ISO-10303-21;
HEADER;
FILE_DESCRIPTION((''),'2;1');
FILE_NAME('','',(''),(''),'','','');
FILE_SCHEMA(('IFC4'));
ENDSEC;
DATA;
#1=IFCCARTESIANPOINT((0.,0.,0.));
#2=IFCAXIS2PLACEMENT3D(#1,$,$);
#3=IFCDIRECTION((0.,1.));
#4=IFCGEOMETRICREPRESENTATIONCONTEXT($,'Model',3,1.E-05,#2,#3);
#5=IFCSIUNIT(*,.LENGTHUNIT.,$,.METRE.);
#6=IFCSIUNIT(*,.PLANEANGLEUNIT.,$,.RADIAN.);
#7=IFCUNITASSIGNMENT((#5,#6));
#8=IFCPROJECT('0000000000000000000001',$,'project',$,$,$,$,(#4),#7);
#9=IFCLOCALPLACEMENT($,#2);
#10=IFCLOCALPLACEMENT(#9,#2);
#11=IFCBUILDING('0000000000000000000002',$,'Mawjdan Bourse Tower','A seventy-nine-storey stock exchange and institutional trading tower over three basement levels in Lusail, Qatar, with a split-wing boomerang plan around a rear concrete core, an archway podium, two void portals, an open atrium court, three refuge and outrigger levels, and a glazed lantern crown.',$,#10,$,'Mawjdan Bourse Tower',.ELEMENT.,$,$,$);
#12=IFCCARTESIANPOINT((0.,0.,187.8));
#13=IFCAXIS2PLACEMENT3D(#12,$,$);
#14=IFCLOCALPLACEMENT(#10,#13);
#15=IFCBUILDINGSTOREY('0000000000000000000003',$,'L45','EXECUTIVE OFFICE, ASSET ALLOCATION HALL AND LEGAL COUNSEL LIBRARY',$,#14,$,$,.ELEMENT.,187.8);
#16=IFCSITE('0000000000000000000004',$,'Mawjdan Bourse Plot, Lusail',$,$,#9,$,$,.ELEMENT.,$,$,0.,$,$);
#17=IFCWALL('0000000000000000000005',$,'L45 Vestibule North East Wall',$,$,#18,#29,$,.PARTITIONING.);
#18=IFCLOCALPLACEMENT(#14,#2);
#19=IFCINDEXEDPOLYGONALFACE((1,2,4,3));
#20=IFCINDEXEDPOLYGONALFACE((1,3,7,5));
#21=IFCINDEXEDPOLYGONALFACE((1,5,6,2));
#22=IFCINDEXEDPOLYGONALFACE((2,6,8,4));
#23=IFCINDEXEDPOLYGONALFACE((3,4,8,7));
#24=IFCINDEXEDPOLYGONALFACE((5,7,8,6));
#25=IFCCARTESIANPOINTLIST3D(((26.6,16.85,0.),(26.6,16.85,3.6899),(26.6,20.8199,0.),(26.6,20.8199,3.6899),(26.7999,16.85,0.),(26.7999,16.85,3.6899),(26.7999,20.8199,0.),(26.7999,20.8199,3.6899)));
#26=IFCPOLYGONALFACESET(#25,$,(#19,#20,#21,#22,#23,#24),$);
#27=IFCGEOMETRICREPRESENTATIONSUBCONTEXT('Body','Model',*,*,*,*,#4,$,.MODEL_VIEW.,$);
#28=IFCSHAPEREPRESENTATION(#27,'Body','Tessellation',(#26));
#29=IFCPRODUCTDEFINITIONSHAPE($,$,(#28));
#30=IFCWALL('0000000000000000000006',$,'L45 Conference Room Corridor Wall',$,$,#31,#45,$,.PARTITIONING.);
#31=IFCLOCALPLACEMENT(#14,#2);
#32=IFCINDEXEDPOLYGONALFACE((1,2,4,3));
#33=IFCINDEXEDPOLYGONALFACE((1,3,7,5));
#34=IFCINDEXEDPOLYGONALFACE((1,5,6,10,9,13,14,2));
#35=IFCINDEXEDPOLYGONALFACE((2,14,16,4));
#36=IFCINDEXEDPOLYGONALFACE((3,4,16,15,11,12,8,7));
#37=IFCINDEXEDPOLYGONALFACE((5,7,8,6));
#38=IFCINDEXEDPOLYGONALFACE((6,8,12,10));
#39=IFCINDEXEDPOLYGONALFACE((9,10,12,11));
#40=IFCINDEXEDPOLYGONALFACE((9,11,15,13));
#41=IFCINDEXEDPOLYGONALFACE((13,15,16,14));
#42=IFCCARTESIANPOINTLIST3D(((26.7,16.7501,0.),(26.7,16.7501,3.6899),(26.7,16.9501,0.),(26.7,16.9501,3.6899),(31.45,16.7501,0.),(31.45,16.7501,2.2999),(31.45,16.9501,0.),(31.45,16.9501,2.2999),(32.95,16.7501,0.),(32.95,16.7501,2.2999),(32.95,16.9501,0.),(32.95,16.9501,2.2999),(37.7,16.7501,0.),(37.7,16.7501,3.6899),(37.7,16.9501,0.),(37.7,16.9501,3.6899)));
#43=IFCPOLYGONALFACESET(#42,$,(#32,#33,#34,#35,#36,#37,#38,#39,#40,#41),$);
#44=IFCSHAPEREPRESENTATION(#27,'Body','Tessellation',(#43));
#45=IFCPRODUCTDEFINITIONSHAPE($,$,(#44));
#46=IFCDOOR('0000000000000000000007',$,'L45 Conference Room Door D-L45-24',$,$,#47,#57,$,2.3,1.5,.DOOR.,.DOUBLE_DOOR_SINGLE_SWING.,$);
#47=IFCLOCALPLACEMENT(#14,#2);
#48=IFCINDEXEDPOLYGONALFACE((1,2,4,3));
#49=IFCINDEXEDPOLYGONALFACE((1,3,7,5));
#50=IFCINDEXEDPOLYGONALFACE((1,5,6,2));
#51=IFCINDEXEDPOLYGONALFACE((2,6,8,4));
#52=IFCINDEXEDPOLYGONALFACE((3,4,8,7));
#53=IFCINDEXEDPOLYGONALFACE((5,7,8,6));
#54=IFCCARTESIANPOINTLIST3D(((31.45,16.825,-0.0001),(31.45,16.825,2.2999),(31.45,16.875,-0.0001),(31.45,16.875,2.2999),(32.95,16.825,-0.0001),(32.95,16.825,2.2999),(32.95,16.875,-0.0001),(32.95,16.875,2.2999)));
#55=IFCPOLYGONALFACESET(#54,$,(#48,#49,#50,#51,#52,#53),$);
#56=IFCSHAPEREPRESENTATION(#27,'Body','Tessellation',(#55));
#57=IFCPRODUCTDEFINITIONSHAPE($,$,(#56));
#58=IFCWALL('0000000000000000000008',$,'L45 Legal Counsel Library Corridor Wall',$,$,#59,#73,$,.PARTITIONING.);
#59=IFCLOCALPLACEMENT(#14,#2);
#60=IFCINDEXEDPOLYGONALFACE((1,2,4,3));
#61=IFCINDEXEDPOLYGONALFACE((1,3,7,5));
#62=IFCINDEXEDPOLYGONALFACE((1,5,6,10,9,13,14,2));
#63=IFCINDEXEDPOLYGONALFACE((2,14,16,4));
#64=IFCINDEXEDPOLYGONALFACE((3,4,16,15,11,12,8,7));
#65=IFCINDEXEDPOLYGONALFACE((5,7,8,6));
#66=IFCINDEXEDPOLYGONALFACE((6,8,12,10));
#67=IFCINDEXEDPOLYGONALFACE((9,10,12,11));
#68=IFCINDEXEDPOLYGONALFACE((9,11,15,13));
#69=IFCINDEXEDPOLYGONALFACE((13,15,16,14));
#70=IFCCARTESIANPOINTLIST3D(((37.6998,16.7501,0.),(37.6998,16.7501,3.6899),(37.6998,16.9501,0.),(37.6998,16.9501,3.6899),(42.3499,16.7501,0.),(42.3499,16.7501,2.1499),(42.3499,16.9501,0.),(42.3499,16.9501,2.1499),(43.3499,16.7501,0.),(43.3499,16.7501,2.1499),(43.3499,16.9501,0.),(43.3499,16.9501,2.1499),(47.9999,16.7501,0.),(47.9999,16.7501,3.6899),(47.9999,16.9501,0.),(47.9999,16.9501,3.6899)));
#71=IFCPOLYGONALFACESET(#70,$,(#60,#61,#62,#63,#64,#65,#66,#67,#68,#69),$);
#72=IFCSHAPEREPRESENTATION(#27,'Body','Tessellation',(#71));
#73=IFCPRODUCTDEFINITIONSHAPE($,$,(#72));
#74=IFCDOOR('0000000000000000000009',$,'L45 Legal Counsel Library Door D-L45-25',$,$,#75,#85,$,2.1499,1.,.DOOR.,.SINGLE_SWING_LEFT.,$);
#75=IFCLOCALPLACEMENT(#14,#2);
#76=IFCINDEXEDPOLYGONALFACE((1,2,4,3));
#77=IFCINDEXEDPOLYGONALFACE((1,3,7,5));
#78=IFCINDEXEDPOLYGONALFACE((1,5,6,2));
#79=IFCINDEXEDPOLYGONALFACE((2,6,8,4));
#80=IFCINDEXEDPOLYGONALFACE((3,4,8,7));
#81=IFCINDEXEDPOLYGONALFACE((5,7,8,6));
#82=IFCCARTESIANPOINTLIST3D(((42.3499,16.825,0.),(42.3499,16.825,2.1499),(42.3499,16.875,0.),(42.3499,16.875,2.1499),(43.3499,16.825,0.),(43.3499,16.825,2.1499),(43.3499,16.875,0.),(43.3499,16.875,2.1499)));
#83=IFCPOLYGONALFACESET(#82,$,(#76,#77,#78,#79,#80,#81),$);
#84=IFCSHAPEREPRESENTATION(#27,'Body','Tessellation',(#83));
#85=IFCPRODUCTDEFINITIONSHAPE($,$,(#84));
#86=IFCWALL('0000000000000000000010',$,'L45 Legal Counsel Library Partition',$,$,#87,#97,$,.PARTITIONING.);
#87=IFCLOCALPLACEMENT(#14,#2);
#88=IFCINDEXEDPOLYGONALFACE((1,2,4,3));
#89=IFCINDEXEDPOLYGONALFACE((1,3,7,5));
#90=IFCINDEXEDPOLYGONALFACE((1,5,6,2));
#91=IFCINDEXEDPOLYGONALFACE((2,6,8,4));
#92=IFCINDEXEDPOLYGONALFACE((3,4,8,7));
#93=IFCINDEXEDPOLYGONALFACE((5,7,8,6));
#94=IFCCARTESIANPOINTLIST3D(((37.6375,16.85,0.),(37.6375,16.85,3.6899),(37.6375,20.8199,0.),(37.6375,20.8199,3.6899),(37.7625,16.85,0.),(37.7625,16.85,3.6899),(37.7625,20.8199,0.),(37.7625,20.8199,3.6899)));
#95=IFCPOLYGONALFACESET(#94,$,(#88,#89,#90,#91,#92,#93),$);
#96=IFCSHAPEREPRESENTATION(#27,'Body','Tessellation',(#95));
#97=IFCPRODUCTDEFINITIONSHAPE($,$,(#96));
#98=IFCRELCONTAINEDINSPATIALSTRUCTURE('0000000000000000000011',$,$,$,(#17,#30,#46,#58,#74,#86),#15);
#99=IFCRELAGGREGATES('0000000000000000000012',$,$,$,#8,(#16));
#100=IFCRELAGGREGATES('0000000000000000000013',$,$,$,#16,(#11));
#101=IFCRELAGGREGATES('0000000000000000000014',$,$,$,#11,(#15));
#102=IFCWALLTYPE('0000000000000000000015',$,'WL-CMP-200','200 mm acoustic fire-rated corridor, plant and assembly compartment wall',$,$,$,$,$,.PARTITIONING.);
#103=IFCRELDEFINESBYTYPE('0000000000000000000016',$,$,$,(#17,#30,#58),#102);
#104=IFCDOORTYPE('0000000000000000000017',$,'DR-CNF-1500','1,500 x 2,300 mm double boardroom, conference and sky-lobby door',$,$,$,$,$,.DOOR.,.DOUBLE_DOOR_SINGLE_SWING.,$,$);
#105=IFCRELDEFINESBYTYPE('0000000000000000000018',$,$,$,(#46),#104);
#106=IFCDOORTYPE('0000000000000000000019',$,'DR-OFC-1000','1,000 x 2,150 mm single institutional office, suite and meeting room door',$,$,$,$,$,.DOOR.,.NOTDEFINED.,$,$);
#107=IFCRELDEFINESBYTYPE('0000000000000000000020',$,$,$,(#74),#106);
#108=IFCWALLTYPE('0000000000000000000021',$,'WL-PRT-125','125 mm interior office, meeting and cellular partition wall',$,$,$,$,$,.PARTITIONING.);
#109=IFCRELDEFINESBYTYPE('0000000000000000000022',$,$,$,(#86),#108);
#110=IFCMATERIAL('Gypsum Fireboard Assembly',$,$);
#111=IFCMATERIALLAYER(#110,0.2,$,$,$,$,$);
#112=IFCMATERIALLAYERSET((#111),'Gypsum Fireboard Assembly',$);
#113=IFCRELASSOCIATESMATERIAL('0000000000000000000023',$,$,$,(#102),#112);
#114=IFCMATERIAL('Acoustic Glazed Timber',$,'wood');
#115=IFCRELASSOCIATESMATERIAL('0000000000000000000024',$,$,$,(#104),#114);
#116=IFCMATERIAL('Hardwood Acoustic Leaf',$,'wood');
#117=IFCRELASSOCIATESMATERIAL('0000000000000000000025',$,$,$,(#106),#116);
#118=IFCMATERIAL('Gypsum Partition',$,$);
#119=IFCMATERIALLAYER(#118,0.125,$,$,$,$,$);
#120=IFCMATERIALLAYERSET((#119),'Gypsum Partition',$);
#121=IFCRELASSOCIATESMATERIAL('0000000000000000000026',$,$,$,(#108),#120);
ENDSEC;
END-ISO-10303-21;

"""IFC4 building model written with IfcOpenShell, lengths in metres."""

from ifc_helpers import new_model, si_unit, direction, frame, frame_2d, origin, place, context, subcontext, project, spatial, rectangle, extrude, material, layer, layer_set, type_object, element, fill, save


model = new_model("IFC4")

# Units and contexts
model_context = context("Model", 3, precision=1e-05, world=origin(), true_north=direction((0.0, 1.0)))
body_context = subcontext(model_context, "Body", "Model", "MODEL_VIEW")
ifc_project = project(units=[si_unit("LENGTHUNIT", "METRE"), si_unit("PLANEANGLEUNIT", "RADIAN")], contexts=[model_context])

# Site, building, storey
site_placement = place(None, origin())
site = spatial("IfcSite", under=ifc_project, at=site_placement, Name="Mawjdan Bourse Plot, Lusail", CompositionType="ELEMENT", RefElevation=0.0)
building_placement = place(site_placement, origin())
building = spatial("IfcBuilding", under=site, at=building_placement, Name="Mawjdan Bourse Tower", Description="A seventy-nine-storey stock exchange and institutional trading tower over three basement levels in Lusail, Qatar, with a split-wing boomerang plan around a rear concrete core, an archway podium, two void portals, an open atrium court, three refuge and outrigger levels, and a glazed lantern crown.", LongName="Mawjdan Bourse Tower", CompositionType="ELEMENT")
storey_placement = place(building_placement, frame((0.0, 0.0, 187.8)))
storey = spatial("IfcBuildingStorey", under=building, at=storey_placement, Name="L45", Description="EXECUTIVE OFFICE, ASSET ALLOCATION HALL AND LEGAL COUNSEL LIBRARY", CompositionType="ELEMENT", Elevation=187.8)

# Wall
ifc_material_1 = material(Name="Gypsum Fireboard Assembly")
ifc_layer_1 = layer(ifc_material_1, 0.2)
ifc_layer_set_1 = layer_set([ifc_layer_1], Name="Gypsum Fireboard Assembly")
wall_type_1 = type_object("IfcWallType", Name="WL-CMP-200", Description="200 mm acoustic fire-rated corridor, plant and assembly compartment wall", PredefinedType="PARTITIONING", material=ifc_layer_set_1)
wall_1_placement = place(storey_placement, frame((26.7, 16.8501, 0.0), z_axis=(0.0, 0.0, 1.0), x_axis=(0.0, 1.0, 0.0)))
element("IfcWall", 1, at=wall_1_placement, inside=storey, type_object=wall_type_1, Name="L45 Vestibule North East Wall", PredefinedType="PARTITIONING", context=body_context, shape_type="SweptSolid", body=[
    extrude(rectangle(XDim=3.97, YDim=0.2, at=frame_2d((1.9849, 0.0))), origin(), (0.0, 0.0, 1.0), 3.6899),
])

# Walls, openings, doors
wall_2_placement = place(storey_placement, frame((26.7, 16.8501, 0.0), z_axis=(0.0, 0.0, 1.0), x_axis=(1.0, 0.0, 0.0)))
wall_2 = element("IfcWall", 2, at=wall_2_placement, inside=storey, type_object=wall_type_1, Name="L45 Conference Room Corridor Wall", PredefinedType="PARTITIONING", context=body_context, shape_type="SweptSolid", body=[
    extrude(rectangle(XDim=11.0, YDim=0.2, at=frame_2d((5.5, 0.0))), origin(), (0.0, 0.0, 1.0), 3.6899),
])
opening_1_placement = place(wall_2_placement, frame((4.75, 0.0, 0.0)))
opening_1 = element("IfcOpeningElement", 3, at=opening_1_placement, cuts=wall_2, PredefinedType="OPENING", context=body_context, shape_type="SweptSolid", body=[
    extrude(rectangle(XDim=1.5, YDim=2.3, at=frame_2d((0.75, 1.1499))), frame((0.0, 0.1099, 0.0), z_axis=(0.0, -1.0, 0.0), x_axis=(1.0, 0.0, 0.0)), (0.0, 0.0, 1.0), 0.22),
])
ifc_material_2 = material(Name="Acoustic Glazed Timber", Category="wood")
door_type_1 = type_object("IfcDoorType", Name="DR-CNF-1500", Description="1,500 x 2,300 mm double boardroom, conference and sky-lobby door", OperationType="DOUBLE_DOOR_SINGLE_SWING", PredefinedType="DOOR", material=ifc_material_2)
door_1_placement = place(opening_1_placement, origin())
door_1 = element("IfcDoor", 4, at=door_1_placement, inside=storey, type_object=door_type_1, Name="L45 Conference Room Door D-L45-24", OperationType="DOUBLE_DOOR_SINGLE_SWING", OverallHeight=2.3, OverallWidth=1.5, PredefinedType="DOOR", context=body_context, shape_type="SweptSolid", body=[
    extrude(rectangle(XDim=1.5, YDim=2.3, at=frame_2d((0.75, 1.1499))), frame((0.0, 0.0249, 0.0), z_axis=(0.0, -1.0, 0.0), x_axis=(1.0, 0.0, 0.0)), (0.0, 0.0, 1.0), 0.05),
])
fill(opening_1, door_1)
wall_3_placement = place(storey_placement, frame((37.7, 16.8501, 0.0), z_axis=(0.0, 0.0, 1.0), x_axis=(1.0, 0.0, 0.0)))
wall_3 = element("IfcWall", 5, at=wall_3_placement, inside=storey, type_object=wall_type_1, Name="L45 Legal Counsel Library Corridor Wall", PredefinedType="PARTITIONING", context=body_context, shape_type="SweptSolid", body=[
    extrude(rectangle(XDim=10.3, YDim=0.2, at=frame_2d((5.1499, 0.0))), origin(), (0.0, 0.0, 1.0), 3.6899),
])
opening_2_placement = place(wall_3_placement, frame((4.6499, 0.0, 0.0)))
opening_2 = element("IfcOpeningElement", 6, at=opening_2_placement, cuts=wall_3, PredefinedType="OPENING", context=body_context, shape_type="SweptSolid", body=[
    extrude(rectangle(XDim=1.0, YDim=2.1499, at=frame_2d((0.5, 1.075))), frame((0.0, 0.1099, 0.0), z_axis=(0.0, -1.0, 0.0), x_axis=(1.0, 0.0, 0.0)), (0.0, 0.0, 1.0), 0.22),
])
ifc_material_3 = material(Name="Hardwood Acoustic Leaf", Category="wood")
door_type_2 = type_object("IfcDoorType", Name="DR-OFC-1000", Description="1,000 x 2,150 mm single institutional office, suite and meeting room door", OperationType="NOTDEFINED", PredefinedType="DOOR", material=ifc_material_3)
door_2_placement = place(opening_2_placement, origin())
door_2 = element("IfcDoor", 7, at=door_2_placement, inside=storey, type_object=door_type_2, Name="L45 Legal Counsel Library Door D-L45-25", OperationType="SINGLE_SWING_LEFT", OverallHeight=2.1499, OverallWidth=1.0, PredefinedType="DOOR", context=body_context, shape_type="SweptSolid", body=[
    extrude(rectangle(XDim=1.0, YDim=2.1499, at=frame_2d((0.5, 1.075))), frame((0.0, 0.0249, 0.0), z_axis=(0.0, -1.0, 0.0), x_axis=(1.0, 0.0, 0.0)), (0.0, 0.0, 1.0), 0.05),
])
fill(opening_2, door_2)

# Wall
ifc_material_4 = material(Name="Gypsum Partition")
ifc_layer_2 = layer(ifc_material_4, 0.125)
ifc_layer_set_2 = layer_set([ifc_layer_2], Name="Gypsum Partition")
wall_type_2 = type_object("IfcWallType", Name="WL-PRT-125", Description="125 mm interior office, meeting and cellular partition wall", PredefinedType="PARTITIONING", material=ifc_layer_set_2)
wall_4_placement = place(storey_placement, frame((37.7, 16.8501, 0.0), z_axis=(0.0, 0.0, 1.0), x_axis=(0.0, 1.0, 0.0)))
element("IfcWall", 8, at=wall_4_placement, inside=storey, type_object=wall_type_2, Name="L45 Legal Counsel Library Partition", PredefinedType="PARTITIONING", context=body_context, shape_type="SweptSolid", body=[
    extrude(rectangle(XDim=3.97, YDim=0.125, at=frame_2d((1.9849, 0.0))), origin(), (0.0, 0.0, 1.0), 3.6899),
])

save(model, "model.ifc")
